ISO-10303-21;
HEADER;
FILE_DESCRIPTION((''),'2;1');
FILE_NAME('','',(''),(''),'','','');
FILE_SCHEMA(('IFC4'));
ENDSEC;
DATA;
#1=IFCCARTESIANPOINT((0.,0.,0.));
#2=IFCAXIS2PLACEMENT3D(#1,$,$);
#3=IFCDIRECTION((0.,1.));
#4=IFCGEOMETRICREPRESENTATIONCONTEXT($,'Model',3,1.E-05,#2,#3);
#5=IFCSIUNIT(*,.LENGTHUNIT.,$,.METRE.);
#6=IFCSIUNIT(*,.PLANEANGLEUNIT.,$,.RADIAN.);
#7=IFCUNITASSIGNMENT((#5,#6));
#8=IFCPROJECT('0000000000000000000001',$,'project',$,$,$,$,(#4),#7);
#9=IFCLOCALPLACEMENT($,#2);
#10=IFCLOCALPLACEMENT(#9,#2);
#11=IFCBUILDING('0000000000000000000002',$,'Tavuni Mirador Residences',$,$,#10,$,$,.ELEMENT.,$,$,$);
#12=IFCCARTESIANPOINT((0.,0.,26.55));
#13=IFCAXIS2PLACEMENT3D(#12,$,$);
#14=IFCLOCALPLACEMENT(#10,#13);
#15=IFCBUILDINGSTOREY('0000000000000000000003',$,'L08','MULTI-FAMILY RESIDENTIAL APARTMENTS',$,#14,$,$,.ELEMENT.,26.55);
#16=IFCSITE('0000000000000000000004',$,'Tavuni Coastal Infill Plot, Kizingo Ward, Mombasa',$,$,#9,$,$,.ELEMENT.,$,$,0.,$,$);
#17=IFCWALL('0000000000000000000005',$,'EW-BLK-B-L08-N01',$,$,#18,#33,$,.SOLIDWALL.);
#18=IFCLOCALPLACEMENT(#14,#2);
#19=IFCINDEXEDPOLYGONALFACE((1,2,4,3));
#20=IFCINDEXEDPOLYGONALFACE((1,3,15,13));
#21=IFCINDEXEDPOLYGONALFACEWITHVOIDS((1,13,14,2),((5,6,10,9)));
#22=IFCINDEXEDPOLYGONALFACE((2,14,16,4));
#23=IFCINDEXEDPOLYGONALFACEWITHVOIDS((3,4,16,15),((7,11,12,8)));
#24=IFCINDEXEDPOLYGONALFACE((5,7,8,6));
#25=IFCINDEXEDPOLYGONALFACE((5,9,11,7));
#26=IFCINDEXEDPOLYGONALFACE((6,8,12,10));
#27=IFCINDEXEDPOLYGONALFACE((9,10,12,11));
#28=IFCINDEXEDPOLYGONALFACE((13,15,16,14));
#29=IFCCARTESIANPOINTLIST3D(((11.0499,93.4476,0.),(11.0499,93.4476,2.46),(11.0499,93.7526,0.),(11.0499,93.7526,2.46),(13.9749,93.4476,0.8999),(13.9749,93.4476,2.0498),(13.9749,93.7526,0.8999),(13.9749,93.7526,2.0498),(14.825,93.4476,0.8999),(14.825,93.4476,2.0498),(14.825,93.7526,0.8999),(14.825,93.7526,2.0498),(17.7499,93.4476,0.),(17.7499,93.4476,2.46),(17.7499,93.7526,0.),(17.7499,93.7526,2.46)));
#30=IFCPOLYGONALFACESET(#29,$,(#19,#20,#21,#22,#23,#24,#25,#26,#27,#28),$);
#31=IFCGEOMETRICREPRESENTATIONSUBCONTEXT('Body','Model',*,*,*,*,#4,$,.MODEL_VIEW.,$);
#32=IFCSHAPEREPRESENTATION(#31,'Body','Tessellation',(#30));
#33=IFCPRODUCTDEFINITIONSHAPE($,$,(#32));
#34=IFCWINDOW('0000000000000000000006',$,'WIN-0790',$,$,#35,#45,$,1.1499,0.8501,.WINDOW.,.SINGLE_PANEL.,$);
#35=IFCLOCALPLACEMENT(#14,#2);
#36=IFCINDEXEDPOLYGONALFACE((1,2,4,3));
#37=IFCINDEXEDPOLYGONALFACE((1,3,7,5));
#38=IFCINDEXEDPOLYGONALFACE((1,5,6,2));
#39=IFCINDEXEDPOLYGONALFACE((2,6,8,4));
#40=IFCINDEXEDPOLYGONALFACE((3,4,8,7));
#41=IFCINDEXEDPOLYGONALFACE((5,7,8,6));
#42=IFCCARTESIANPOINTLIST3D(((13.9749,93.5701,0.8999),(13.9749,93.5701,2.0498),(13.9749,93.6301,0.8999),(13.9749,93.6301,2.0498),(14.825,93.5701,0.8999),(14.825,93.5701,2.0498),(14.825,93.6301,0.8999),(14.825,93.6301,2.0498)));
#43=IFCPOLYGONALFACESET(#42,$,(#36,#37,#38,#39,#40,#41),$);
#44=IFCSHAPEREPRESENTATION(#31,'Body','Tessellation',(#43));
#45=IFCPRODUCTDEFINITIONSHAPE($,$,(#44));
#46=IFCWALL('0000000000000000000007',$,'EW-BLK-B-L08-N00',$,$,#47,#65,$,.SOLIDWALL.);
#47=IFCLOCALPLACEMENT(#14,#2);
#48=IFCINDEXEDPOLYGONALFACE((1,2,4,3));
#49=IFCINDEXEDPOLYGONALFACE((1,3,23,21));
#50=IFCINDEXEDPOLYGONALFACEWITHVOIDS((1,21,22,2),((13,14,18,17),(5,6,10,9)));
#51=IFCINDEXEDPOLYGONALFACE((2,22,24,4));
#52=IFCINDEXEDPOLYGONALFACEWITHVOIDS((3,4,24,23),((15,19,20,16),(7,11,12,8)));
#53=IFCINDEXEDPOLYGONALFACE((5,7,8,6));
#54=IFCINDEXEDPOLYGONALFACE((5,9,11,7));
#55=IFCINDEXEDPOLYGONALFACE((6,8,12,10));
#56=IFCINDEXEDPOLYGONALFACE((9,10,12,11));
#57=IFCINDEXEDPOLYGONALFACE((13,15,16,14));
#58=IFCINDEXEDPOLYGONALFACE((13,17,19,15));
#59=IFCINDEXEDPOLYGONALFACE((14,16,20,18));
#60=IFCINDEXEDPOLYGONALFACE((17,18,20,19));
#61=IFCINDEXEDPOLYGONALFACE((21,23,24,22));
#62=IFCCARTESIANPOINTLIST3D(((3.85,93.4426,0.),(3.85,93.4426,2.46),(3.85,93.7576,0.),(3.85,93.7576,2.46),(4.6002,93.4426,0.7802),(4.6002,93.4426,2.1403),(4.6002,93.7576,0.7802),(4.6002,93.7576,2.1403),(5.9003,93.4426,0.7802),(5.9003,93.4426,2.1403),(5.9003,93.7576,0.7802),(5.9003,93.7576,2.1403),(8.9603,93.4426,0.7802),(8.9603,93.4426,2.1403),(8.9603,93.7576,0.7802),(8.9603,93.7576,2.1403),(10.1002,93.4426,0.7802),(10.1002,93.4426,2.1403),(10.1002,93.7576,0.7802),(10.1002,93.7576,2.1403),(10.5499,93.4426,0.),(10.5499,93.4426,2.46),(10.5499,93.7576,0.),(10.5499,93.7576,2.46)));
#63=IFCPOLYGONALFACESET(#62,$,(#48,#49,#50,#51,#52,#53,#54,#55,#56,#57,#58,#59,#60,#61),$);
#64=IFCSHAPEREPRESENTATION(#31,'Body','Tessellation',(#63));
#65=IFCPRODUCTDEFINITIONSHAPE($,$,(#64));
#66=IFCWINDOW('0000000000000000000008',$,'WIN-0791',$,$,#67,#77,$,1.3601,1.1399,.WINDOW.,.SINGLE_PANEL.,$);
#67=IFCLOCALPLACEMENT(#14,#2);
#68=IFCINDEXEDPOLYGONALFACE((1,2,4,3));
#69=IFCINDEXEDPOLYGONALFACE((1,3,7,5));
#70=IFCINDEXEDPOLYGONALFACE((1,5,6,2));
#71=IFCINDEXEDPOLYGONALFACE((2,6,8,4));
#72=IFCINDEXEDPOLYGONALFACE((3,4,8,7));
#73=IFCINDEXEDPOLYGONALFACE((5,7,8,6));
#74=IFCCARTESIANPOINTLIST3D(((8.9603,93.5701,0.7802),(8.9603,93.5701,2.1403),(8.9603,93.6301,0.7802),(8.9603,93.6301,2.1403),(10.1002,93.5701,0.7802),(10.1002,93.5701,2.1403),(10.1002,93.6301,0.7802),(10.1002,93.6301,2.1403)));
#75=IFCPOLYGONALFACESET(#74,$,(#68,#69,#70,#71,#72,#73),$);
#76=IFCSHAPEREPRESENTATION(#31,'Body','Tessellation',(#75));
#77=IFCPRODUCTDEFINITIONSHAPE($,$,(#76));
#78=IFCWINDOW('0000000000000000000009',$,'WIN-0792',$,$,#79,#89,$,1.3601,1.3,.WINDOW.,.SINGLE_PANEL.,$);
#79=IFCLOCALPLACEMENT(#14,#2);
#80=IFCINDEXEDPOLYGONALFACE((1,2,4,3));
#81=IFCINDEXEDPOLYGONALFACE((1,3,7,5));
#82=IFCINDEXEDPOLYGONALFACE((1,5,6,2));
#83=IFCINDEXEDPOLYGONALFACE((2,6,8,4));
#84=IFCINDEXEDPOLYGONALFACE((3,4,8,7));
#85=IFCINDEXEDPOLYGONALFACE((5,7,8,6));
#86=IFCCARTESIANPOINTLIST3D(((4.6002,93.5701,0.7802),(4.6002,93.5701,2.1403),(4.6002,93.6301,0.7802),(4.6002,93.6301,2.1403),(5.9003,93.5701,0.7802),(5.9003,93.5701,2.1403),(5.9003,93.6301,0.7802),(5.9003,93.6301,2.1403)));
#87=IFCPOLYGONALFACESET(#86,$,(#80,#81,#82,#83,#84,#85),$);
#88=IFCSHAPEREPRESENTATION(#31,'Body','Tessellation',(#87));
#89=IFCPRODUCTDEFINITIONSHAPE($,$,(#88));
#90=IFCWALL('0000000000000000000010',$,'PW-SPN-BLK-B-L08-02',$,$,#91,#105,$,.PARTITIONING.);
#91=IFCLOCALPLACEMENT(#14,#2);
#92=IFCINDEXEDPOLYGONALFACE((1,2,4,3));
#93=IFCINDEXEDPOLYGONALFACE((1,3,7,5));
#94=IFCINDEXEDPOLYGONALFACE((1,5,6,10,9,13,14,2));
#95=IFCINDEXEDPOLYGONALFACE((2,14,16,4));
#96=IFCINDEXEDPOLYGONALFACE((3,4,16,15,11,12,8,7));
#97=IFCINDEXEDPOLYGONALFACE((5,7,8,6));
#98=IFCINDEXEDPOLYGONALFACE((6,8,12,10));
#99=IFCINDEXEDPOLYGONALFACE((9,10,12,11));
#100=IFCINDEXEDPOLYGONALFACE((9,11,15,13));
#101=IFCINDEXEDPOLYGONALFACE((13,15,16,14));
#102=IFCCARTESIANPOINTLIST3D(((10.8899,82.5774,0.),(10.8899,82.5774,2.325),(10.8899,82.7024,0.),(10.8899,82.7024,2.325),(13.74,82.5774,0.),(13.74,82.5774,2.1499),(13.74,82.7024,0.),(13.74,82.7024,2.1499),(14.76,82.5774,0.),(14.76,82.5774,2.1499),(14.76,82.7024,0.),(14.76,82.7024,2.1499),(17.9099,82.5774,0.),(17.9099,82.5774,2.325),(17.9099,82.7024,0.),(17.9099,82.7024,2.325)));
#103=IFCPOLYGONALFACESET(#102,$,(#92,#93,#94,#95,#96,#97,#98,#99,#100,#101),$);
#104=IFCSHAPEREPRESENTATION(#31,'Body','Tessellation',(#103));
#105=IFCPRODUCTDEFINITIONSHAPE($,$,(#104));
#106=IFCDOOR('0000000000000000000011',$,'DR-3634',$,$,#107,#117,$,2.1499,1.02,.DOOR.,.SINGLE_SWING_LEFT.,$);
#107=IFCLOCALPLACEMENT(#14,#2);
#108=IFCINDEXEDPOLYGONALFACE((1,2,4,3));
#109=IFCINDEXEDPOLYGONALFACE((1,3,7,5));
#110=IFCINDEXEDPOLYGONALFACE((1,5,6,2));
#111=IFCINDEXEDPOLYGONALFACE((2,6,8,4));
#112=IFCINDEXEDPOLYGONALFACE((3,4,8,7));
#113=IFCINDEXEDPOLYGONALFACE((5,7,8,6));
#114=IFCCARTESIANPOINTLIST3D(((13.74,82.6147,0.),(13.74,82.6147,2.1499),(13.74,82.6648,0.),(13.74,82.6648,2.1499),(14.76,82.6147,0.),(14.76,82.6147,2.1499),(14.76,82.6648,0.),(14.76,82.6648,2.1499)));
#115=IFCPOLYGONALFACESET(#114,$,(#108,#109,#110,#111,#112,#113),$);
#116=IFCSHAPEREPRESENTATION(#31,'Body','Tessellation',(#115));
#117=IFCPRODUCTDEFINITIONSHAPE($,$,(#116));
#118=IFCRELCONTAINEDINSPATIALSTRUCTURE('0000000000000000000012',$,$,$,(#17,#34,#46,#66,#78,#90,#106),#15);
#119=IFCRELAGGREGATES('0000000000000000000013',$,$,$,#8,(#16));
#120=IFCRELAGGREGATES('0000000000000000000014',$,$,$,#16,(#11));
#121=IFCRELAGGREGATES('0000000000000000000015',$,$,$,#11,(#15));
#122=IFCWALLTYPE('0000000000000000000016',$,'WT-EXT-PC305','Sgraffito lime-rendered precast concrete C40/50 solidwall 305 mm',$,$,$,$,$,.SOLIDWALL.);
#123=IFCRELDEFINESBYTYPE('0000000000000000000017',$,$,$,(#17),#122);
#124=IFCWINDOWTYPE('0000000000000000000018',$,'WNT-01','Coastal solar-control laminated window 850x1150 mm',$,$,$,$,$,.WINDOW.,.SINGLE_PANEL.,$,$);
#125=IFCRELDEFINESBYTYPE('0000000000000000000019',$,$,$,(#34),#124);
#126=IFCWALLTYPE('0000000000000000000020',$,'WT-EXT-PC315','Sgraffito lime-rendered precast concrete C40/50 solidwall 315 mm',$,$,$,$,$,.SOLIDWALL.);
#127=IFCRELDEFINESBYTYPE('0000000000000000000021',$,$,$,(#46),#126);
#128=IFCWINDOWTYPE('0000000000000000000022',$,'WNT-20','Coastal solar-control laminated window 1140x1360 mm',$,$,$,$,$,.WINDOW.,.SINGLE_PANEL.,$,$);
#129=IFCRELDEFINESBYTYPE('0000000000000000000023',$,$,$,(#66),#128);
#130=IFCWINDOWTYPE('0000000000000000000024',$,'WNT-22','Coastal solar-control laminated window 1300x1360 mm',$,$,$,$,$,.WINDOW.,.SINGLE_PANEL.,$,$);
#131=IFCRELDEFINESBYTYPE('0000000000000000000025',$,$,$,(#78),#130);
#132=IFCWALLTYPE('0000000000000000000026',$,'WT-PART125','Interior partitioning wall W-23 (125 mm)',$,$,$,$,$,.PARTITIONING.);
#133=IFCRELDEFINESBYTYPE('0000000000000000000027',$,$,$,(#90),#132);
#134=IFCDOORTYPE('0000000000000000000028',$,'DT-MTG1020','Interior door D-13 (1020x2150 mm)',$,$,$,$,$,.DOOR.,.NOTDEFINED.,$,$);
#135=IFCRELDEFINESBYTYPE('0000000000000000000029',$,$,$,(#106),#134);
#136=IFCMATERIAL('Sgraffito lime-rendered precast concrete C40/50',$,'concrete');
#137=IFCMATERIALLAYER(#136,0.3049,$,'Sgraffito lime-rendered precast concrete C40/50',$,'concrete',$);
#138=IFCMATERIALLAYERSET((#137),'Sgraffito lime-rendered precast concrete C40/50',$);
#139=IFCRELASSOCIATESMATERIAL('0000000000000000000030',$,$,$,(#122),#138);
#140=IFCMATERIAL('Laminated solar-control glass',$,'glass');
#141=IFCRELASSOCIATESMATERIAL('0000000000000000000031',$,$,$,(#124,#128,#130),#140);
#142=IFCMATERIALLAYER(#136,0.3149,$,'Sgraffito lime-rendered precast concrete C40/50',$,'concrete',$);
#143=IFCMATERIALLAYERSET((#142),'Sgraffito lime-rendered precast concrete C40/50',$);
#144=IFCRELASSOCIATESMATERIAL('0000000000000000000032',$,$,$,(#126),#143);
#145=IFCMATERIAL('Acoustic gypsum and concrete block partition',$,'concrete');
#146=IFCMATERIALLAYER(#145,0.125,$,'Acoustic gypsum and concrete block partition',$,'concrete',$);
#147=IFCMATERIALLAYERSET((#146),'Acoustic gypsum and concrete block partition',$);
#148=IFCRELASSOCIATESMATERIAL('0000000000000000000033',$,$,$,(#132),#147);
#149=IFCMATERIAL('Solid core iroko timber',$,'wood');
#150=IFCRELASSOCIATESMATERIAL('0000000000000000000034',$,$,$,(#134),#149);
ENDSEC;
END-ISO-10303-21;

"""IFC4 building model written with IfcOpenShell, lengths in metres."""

from ifc_helpers import new_model, si_unit, direction, frame, frame_2d, origin, place, context, subcontext, project, spatial, rectangle, extrude, material, layer, layer_set, type_object, element, fill, save


model = new_model("IFC4")

# Units and contexts
model_context = context("Model", 3, precision=1e-05, world=origin(), true_north=direction((0.0, 1.0)))
body_context = subcontext(model_context, "Body", "Model", "MODEL_VIEW")
ifc_project = project(units=[si_unit("LENGTHUNIT", "METRE"), si_unit("PLANEANGLEUNIT", "RADIAN")], contexts=[model_context])

# Site, building, storey
site_placement = place(None, origin())
site = spatial("IfcSite", under=ifc_project, at=site_placement, Name="Tavuni Coastal Infill Plot, Kizingo Ward, Mombasa", CompositionType="ELEMENT", RefElevation=0.0)
building_placement = place(site_placement, origin())
building = spatial("IfcBuilding", under=site, at=building_placement, Name="Tavuni Mirador Residences", CompositionType="ELEMENT")
storey_placement = place(building_placement, frame((0.0, 0.0, 26.55)))
storey = spatial("IfcBuildingStorey", under=building, at=storey_placement, Name="L08", Description="MULTI-FAMILY RESIDENTIAL APARTMENTS", CompositionType="ELEMENT", Elevation=26.55)

# Shared definitions
ifc_material_1 = material(Name="Solid core iroko timber", Category="wood")

# Wall, opening, window
ifc_material_2 = material(Name="Sgraffito lime-rendered precast concrete C40/50", Category="concrete")
ifc_layer_1 = layer(ifc_material_2, 0.3049, Name="Sgraffito lime-rendered precast concrete C40/50", Category="concrete")
ifc_layer_set_1 = layer_set([ifc_layer_1], Name="Sgraffito lime-rendered precast concrete C40/50")
wall_type_1 = type_object("IfcWallType", Name="WT-EXT-PC305", Description="Sgraffito lime-rendered precast concrete C40/50 solidwall 305 mm", PredefinedType="SOLIDWALL", material=ifc_layer_set_1)
wall_1_placement = place(storey_placement, frame((17.75, 93.6001, 0.0), z_axis=(0.0, 0.0, 1.0), x_axis=(-1.0, 0.0, 0.0)))
wall_1 = element("IfcWall", 1, at=wall_1_placement, inside=storey, type_object=wall_type_1, Name="EW-BLK-B-L08-N01", PredefinedType="SOLIDWALL", context=body_context, shape_type="SweptSolid", body=[
    extrude(rectangle(XDim=6.7, YDim=0.3049, at=frame_2d((3.3501, 0.0))), origin(), (0.0, 0.0, 1.0), 2.46),
])
opening_1_placement = place(wall_1_placement, frame((2.925, 0.0, 0.8999)))
opening_1 = element("IfcOpeningElement", 2, at=opening_1_placement, cuts=wall_1, PredefinedType="OPENING", context=body_context, shape_type="SweptSolid", body=[
    extrude(rectangle(XDim=0.8501, YDim=1.1499, at=frame_2d((0.425, 0.575))), frame((0.0, 0.1626, 0.0), z_axis=(0.0, -1.0, 0.0), x_axis=(1.0, 0.0, 0.0)), (0.0, 0.0, 1.0), 0.325),
])
ifc_material_3 = material(Name="Laminated solar-control glass", Category="glass")
window_type_1 = type_object("IfcWindowType", Name="WNT-01", Description="Coastal solar-control laminated window 850x1150 mm", PartitioningType="SINGLE_PANEL", PredefinedType="WINDOW", material=ifc_material_3)
window_1_placement = place(opening_1_placement, origin())
window_1 = element("IfcWindow", 3, at=window_1_placement, inside=storey, type_object=window_type_1, Name="WIN-0790", OverallHeight=1.1499, OverallWidth=0.8501, PartitioningType="SINGLE_PANEL", PredefinedType="WINDOW", context=body_context, shape_type="SweptSolid", body=[
    extrude(rectangle(XDim=0.8501, YDim=1.1499, at=frame_2d((0.425, 0.575))), frame((0.0, 0.03, 0.0), z_axis=(0.0, -1.0, 0.0), x_axis=(1.0, 0.0, 0.0)), (0.0, 0.0, 1.0), 0.0601),
])
fill(opening_1, window_1)

# Wall, openings, windows
ifc_layer_2 = layer(ifc_material_2, 0.3149, Name="Sgraffito lime-rendered precast concrete C40/50", Category="concrete")
ifc_layer_set_2 = layer_set([ifc_layer_2], Name="Sgraffito lime-rendered precast concrete C40/50")
wall_type_2 = type_object("IfcWallType", Name="WT-EXT-PC315", Description="Sgraffito lime-rendered precast concrete C40/50 solidwall 315 mm", PredefinedType="SOLIDWALL", material=ifc_layer_set_2)
wall_2_placement = place(storey_placement, frame((10.55, 93.6001, 0.0), z_axis=(0.0, 0.0, 1.0), x_axis=(-1.0, 0.0, 0.0)))
wall_2 = element("IfcWall", 4, at=wall_2_placement, inside=storey, type_object=wall_type_2, Name="EW-BLK-B-L08-N00", PredefinedType="SOLIDWALL", context=body_context, shape_type="SweptSolid", body=[
    extrude(rectangle(XDim=6.7, YDim=0.3149, at=frame_2d((3.3501, 0.0))), origin(), (0.0, 0.0, 1.0), 2.46),
])
opening_2_placement = place(wall_2_placement, frame((0.45, 0.0, 0.78)))
opening_2 = element("IfcOpeningElement", 5, at=opening_2_placement, cuts=wall_2, PredefinedType="OPENING", context=body_context, shape_type="SweptSolid", body=[
    extrude(rectangle(XDim=1.1399, YDim=1.3601, at=frame_2d((0.5698, 0.6802))), frame((0.0, 0.1675, 0.0), z_axis=(0.0, -1.0, 0.0), x_axis=(1.0, 0.0, 0.0)), (0.0, 0.0, 1.0), 0.335),
])
opening_3_placement = place(wall_2_placement, frame((4.6499, 0.0, 0.78)))
opening_3 = element("IfcOpeningElement", 6, at=opening_3_placement, cuts=wall_2, PredefinedType="OPENING", context=body_context, shape_type="SweptSolid", body=[
    extrude(rectangle(XDim=1.3, YDim=1.3601, at=frame_2d((0.6499, 0.6802))), frame((0.0, 0.1675, 0.0), z_axis=(0.0, -1.0, 0.0), x_axis=(1.0, 0.0, 0.0)), (0.0, 0.0, 1.0), 0.335),
])
window_type_2 = type_object("IfcWindowType", Name="WNT-20", Description="Coastal solar-control laminated window 1140x1360 mm", PartitioningType="SINGLE_PANEL", PredefinedType="WINDOW", material=ifc_material_3)
window_2_placement = place(opening_2_placement, origin())
window_2 = element("IfcWindow", 7, at=window_2_placement, inside=storey, type_object=window_type_2, Name="WIN-0791", OverallHeight=1.3601, OverallWidth=1.1399, PartitioningType="SINGLE_PANEL", PredefinedType="WINDOW", context=body_context, shape_type="SweptSolid", body=[
    extrude(rectangle(XDim=1.1399, YDim=1.3601, at=frame_2d((0.5698, 0.6802))), frame((0.0, 0.03, 0.0), z_axis=(0.0, -1.0, 0.0), x_axis=(1.0, 0.0, 0.0)), (0.0, 0.0, 1.0), 0.0601),
])
fill(opening_2, window_2)
window_type_3 = type_object("IfcWindowType", Name="WNT-22", Description="Coastal solar-control laminated window 1300x1360 mm", PartitioningType="SINGLE_PANEL", PredefinedType="WINDOW", material=ifc_material_3)
window_3_placement = place(opening_3_placement, origin())
window_3 = element("IfcWindow", 8, at=window_3_placement, inside=storey, type_object=window_type_3, Name="WIN-0792", OverallHeight=1.3601, OverallWidth=1.3, PartitioningType="SINGLE_PANEL", PredefinedType="WINDOW", context=body_context, shape_type="SweptSolid", body=[
    extrude(rectangle(XDim=1.3, YDim=1.3601, at=frame_2d((0.6499, 0.6802))), frame((0.0, 0.03, 0.0), z_axis=(0.0, -1.0, 0.0), x_axis=(1.0, 0.0, 0.0)), (0.0, 0.0, 1.0), 0.0601),
])
fill(opening_3, window_3)

# Wall, opening, door
ifc_material_4 = material(Name="Acoustic gypsum and concrete block partition", Category="concrete")
ifc_layer_3 = layer(ifc_material_4, 0.125, Name="Acoustic gypsum and concrete block partition", Category="concrete")
ifc_layer_set_3 = layer_set([ifc_layer_3], Name="Acoustic gypsum and concrete block partition")
wall_type_3 = type_object("IfcWallType", Name="WT-PART125", Description="Interior partitioning wall W-23 (125 mm)", PredefinedType="PARTITIONING", material=ifc_layer_set_3)
wall_3_placement = place(storey_placement, frame((10.8899, 82.6399, 0.0), z_axis=(0.0, 0.0, 1.0), x_axis=(1.0, 0.0, 0.0)))
wall_3 = element("IfcWall", 9, at=wall_3_placement, inside=storey, type_object=wall_type_3, Name="PW-SPN-BLK-B-L08-02", PredefinedType="PARTITIONING", context=body_context, shape_type="SweptSolid", body=[
    extrude(rectangle(XDim=7.02, YDim=0.125, at=frame_2d((3.51, 0.0))), origin(), (0.0, 0.0, 1.0), 2.325),
])
opening_4_placement = place(wall_3_placement, frame((2.8501, 0.0, 0.0)))
opening_4 = element("IfcOpeningElement", 10, at=opening_4_placement, cuts=wall_3, PredefinedType="OPENING", context=body_context, shape_type="SweptSolid", body=[
    extrude(rectangle(XDim=1.02, YDim=2.1499, at=frame_2d((0.51, 1.075))), frame((0.0, 0.0725, 0.0), z_axis=(0.0, -1.0, 0.0), x_axis=(1.0, 0.0, 0.0)), (0.0, 0.0, 1.0), 0.145),
])
door_type_1 = type_object("IfcDoorType", Name="DT-MTG1020", Description="Interior door D-13 (1020x2150 mm)", OperationType="NOTDEFINED", PredefinedType="DOOR", material=ifc_material_1)
door_1_placement = place(opening_4_placement, origin())
door_1 = element("IfcDoor", 11, at=door_1_placement, inside=storey, type_object=door_type_1, Name="DR-3634", OperationType="SINGLE_SWING_LEFT", OverallHeight=2.1499, OverallWidth=1.02, PredefinedType="DOOR", context=body_context, shape_type="SweptSolid", body=[
    extrude(rectangle(XDim=1.02, YDim=2.1499, at=frame_2d((0.51, 1.075))), frame((0.0, 0.0249, 0.0), z_axis=(0.0, -1.0, 0.0), x_axis=(1.0, 0.0, 0.0)), (0.0, 0.0, 1.0), 0.05),
])
fill(opening_4, door_1)

save(model, "model.ifc")
